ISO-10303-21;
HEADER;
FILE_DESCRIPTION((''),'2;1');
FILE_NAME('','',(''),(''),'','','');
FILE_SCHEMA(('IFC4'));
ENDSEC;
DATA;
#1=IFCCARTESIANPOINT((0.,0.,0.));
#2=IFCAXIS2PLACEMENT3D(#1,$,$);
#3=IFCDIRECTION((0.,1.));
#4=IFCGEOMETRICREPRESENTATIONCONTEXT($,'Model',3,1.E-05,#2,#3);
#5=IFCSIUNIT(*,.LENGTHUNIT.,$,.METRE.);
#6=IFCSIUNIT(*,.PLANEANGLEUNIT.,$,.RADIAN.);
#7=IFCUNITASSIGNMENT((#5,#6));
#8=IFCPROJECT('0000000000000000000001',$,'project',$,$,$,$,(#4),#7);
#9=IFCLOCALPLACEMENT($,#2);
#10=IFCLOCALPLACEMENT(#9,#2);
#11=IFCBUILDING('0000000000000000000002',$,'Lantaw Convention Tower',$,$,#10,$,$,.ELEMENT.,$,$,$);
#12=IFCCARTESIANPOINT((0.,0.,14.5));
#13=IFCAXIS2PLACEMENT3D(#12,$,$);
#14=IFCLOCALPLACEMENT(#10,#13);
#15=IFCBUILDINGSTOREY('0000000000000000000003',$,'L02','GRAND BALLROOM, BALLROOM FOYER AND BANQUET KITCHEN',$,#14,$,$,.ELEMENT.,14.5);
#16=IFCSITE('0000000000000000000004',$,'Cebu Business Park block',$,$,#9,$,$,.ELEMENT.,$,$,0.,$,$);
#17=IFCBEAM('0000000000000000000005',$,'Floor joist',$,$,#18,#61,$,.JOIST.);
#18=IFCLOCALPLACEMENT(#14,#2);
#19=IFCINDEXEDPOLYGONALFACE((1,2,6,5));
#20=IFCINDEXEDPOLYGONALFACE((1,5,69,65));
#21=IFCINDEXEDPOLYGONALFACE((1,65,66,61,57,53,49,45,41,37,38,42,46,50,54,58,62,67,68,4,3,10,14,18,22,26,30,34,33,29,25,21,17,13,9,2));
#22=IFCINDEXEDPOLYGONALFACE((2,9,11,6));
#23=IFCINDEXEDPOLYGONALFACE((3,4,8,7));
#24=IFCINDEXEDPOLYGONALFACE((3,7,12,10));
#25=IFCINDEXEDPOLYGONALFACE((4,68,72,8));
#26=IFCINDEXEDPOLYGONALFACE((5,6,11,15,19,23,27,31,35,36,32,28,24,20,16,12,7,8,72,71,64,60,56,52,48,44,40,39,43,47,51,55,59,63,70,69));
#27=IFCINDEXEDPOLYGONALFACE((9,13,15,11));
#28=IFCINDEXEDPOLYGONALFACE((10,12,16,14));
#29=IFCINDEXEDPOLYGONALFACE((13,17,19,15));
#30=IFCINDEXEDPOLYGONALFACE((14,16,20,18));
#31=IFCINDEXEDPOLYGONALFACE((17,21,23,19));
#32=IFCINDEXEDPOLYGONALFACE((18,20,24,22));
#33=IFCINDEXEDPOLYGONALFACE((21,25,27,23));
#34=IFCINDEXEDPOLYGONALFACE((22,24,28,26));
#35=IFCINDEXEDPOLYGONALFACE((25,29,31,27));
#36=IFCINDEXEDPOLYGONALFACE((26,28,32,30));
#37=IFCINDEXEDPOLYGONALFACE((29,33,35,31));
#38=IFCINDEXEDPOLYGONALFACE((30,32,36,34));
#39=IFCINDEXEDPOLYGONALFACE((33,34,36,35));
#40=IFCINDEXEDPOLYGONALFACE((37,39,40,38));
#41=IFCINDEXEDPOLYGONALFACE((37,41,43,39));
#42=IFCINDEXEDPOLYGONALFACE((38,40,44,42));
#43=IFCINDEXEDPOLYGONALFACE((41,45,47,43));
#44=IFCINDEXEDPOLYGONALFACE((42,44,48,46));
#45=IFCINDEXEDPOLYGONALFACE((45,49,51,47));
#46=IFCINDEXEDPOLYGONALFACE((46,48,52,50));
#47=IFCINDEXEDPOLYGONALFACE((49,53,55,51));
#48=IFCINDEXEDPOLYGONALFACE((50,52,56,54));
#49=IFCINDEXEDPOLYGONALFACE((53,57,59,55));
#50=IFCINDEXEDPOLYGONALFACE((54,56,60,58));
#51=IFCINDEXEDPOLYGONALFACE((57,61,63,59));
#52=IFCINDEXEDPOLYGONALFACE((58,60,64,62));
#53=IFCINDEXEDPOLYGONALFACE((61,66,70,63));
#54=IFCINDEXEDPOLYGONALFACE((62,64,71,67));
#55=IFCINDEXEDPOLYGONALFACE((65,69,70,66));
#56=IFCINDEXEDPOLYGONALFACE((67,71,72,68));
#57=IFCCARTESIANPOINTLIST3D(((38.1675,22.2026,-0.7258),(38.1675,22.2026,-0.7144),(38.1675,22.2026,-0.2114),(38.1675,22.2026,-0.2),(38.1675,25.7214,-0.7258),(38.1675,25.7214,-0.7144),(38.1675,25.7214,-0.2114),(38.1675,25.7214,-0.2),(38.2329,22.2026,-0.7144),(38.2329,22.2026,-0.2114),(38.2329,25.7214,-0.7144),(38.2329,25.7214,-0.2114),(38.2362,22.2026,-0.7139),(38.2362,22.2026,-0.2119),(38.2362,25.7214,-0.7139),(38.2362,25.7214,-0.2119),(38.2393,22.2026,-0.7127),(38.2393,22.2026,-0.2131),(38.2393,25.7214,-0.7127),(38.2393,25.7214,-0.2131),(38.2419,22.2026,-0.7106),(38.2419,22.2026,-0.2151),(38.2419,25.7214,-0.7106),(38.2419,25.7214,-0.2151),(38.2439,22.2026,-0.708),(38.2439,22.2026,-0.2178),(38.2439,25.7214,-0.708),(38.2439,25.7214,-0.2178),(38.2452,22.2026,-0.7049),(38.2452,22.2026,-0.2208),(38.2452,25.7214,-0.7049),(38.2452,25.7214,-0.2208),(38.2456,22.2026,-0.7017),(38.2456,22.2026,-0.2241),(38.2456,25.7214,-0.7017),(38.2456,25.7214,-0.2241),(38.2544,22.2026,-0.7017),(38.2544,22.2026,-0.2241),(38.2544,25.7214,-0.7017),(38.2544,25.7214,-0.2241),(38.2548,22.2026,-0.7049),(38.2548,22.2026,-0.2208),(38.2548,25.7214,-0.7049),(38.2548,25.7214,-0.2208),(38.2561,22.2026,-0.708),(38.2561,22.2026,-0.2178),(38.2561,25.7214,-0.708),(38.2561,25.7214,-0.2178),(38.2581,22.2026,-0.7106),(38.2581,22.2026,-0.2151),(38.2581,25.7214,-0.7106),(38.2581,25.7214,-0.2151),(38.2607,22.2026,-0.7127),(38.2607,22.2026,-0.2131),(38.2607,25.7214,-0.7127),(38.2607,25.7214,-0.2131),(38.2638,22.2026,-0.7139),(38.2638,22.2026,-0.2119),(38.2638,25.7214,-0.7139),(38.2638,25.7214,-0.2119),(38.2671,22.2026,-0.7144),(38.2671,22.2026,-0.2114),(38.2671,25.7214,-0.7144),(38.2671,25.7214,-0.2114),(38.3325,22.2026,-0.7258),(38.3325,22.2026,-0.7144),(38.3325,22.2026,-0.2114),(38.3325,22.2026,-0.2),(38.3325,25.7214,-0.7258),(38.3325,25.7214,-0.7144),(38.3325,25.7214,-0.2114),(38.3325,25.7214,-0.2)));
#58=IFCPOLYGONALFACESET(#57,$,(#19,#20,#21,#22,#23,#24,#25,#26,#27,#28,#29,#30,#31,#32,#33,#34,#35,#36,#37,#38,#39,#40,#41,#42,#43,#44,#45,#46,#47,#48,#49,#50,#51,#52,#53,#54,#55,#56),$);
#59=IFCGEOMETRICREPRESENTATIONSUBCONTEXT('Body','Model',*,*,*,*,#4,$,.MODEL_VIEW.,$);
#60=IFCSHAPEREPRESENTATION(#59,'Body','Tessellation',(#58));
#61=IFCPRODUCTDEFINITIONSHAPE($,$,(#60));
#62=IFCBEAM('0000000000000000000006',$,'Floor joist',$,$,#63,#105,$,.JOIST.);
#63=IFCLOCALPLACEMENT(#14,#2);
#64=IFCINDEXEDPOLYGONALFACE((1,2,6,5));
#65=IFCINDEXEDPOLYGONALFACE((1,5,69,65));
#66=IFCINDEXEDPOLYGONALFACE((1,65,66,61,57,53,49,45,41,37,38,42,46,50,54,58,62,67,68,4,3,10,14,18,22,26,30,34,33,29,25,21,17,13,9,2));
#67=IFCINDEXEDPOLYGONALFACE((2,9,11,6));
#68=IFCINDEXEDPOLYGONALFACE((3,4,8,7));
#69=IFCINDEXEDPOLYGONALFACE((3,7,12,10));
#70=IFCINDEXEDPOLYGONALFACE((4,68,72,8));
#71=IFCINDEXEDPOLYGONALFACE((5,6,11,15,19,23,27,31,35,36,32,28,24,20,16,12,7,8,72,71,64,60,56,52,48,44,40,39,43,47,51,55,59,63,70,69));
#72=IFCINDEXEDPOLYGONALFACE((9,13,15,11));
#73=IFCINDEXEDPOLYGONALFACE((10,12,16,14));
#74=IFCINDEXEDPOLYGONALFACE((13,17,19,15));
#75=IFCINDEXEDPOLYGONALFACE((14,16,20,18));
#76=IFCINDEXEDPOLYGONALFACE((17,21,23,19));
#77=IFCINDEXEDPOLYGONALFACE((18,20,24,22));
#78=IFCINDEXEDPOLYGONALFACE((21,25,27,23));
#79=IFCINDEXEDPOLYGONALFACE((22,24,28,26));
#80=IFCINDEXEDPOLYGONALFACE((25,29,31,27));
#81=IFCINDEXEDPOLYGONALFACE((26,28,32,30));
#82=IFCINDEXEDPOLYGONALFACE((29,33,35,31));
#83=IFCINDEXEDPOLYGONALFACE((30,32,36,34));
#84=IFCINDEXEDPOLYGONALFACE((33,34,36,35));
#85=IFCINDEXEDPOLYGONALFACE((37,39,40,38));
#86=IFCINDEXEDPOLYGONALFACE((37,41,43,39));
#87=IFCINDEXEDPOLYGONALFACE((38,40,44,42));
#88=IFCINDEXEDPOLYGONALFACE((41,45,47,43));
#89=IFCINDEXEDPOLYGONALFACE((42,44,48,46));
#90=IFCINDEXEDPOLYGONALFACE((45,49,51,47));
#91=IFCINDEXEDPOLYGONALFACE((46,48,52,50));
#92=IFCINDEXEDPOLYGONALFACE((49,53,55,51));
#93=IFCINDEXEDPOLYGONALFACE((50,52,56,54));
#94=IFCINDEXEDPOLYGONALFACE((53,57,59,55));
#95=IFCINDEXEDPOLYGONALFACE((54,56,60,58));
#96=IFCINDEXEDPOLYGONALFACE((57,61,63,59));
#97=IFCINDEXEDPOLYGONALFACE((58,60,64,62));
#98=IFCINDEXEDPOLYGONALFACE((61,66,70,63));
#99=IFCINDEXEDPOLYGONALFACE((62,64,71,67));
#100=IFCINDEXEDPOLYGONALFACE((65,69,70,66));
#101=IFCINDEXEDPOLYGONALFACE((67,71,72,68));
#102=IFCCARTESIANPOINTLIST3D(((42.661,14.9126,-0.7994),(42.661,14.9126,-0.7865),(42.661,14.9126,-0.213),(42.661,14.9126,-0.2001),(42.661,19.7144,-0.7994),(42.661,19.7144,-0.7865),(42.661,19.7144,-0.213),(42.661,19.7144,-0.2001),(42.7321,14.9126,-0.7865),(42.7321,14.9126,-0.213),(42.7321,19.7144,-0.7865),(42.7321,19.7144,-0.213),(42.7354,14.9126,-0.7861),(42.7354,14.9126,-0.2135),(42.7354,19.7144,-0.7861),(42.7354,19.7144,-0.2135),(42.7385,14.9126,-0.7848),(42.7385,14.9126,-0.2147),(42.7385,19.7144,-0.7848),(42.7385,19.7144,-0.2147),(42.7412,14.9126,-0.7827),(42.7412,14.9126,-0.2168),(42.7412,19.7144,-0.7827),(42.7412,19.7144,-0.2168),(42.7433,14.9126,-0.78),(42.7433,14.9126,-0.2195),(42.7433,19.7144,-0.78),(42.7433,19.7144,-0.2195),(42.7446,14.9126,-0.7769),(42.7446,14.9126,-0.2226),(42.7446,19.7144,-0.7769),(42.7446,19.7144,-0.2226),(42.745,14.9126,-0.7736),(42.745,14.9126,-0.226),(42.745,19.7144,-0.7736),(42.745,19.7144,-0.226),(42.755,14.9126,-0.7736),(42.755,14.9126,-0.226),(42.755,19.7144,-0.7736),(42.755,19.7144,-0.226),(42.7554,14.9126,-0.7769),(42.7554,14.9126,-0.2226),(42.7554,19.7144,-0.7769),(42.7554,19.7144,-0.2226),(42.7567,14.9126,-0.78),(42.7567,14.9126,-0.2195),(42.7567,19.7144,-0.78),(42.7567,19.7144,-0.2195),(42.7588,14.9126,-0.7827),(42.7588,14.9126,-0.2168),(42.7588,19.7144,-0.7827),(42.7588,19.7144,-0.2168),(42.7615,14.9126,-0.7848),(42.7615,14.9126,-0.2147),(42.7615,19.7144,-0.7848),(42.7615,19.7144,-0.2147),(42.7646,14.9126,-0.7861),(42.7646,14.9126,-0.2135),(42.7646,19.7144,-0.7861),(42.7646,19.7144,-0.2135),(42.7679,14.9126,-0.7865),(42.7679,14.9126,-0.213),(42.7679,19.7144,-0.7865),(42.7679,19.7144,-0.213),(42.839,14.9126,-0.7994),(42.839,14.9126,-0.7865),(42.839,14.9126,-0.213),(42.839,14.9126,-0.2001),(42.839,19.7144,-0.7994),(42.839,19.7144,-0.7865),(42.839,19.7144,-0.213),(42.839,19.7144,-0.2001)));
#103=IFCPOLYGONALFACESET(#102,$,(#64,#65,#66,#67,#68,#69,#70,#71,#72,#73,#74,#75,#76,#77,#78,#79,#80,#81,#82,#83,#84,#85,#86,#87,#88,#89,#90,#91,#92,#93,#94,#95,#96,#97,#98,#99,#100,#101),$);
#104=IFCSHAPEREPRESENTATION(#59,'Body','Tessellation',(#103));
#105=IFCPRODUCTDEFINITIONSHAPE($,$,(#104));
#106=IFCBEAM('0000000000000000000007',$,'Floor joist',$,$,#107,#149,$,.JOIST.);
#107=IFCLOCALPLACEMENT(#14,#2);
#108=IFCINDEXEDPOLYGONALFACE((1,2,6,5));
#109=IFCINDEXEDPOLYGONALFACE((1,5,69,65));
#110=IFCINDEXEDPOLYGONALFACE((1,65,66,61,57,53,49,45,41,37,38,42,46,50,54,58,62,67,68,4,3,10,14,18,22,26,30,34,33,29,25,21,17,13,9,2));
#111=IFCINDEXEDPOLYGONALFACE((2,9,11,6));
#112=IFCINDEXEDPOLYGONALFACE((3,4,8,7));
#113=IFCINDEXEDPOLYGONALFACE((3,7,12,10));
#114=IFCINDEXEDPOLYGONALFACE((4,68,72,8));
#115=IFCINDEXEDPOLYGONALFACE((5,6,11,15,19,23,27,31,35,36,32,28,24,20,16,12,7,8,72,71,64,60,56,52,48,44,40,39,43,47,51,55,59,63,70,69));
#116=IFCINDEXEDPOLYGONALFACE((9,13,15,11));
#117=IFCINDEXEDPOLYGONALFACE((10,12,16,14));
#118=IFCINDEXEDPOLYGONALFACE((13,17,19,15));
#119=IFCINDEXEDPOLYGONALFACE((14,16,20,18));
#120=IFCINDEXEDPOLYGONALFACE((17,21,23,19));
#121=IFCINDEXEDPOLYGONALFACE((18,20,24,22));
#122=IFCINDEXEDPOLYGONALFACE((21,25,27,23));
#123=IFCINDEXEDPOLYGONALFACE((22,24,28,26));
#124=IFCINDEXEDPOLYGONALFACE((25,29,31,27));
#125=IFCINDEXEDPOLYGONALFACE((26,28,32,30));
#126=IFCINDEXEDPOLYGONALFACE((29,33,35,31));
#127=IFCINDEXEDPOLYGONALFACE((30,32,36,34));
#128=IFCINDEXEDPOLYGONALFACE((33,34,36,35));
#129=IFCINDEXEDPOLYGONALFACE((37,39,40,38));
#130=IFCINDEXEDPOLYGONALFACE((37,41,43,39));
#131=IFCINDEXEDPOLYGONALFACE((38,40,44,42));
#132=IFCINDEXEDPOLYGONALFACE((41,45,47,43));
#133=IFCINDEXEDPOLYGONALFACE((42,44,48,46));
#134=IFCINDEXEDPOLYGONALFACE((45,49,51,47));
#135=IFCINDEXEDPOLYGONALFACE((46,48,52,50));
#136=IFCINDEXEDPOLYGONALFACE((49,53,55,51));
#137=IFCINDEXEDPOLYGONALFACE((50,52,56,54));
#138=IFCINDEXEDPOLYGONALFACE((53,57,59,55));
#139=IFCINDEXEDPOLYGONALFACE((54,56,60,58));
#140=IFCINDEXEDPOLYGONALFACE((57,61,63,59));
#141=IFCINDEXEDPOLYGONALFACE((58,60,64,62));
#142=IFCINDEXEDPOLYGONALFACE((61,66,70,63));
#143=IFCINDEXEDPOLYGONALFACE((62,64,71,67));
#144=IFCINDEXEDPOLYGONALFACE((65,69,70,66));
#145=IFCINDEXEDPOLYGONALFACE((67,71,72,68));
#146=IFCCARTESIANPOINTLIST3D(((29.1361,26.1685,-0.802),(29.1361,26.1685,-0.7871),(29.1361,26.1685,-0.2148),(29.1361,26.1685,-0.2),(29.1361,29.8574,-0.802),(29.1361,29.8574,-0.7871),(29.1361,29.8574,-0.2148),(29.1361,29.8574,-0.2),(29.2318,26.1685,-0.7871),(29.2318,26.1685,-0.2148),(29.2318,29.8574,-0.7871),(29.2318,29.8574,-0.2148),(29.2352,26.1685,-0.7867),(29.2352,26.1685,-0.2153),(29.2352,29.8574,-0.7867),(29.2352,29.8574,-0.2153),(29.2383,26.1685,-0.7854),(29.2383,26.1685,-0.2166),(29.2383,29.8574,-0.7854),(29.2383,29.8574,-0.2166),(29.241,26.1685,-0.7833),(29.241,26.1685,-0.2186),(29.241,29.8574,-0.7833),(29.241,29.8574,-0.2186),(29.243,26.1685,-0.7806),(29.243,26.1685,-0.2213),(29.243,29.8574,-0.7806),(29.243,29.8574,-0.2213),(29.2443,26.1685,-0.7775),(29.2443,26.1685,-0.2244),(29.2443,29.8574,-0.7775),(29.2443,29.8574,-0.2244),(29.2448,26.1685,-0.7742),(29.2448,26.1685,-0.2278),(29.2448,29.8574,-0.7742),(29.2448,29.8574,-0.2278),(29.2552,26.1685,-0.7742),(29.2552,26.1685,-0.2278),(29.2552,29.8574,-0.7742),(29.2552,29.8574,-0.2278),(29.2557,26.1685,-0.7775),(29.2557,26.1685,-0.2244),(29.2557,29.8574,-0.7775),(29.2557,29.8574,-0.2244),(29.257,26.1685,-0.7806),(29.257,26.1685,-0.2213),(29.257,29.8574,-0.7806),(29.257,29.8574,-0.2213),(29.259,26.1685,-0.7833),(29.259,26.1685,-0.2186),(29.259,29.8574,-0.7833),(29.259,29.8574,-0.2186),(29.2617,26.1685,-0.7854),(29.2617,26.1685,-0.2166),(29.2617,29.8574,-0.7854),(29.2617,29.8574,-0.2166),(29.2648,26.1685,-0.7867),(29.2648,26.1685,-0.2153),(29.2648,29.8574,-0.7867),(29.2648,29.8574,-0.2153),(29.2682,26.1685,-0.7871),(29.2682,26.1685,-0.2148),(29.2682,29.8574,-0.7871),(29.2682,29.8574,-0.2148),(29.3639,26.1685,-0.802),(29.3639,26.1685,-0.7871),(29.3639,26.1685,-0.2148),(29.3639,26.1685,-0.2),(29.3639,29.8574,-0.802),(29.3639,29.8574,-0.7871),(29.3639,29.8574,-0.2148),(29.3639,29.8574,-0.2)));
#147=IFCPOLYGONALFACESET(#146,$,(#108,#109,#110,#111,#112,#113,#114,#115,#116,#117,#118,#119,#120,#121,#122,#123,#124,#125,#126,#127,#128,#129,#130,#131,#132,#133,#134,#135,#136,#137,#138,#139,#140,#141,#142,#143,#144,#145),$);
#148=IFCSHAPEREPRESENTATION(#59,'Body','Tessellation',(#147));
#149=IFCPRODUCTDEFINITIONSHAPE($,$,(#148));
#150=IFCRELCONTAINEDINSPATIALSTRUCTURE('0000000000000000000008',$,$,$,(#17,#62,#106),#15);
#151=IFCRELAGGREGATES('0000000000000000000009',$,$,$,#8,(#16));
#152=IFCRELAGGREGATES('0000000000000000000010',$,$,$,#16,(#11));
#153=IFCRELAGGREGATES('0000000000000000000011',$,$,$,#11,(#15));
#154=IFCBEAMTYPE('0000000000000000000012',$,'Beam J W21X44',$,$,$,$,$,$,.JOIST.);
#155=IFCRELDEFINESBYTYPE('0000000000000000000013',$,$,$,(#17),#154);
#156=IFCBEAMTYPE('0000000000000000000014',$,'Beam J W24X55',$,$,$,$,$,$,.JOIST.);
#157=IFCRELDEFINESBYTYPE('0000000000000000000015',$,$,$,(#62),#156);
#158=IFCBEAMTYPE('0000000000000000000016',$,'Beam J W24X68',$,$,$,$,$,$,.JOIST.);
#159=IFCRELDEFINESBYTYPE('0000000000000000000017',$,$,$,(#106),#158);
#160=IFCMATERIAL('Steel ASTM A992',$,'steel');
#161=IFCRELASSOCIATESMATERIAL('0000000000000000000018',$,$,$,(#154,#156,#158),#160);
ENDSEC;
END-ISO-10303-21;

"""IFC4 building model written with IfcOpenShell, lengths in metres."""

from ifc_helpers import new_model, si_unit, direction, frame, origin, origin_2d, place, context, subcontext, project, spatial, i_section, extrude, material, material_profile, profile_set, type_object, element, save


model = new_model("IFC4")

# Units and contexts
model_context = context("Model", 3, precision=1e-05, world=origin(), true_north=direction((0.0, 1.0)))
body_context = subcontext(model_context, "Body", "Model", "MODEL_VIEW")
ifc_project = project(units=[si_unit("LENGTHUNIT", "METRE"), si_unit("PLANEANGLEUNIT", "RADIAN")], contexts=[model_context])

# Site, building, storey
site_placement = place(None, origin())
site = spatial("IfcSite", under=ifc_project, at=site_placement, Name="Cebu Business Park block", CompositionType="ELEMENT", RefElevation=0.0)
building_placement = place(site_placement, origin())
building = spatial("IfcBuilding", under=site, at=building_placement, Name="Lantaw Convention Tower", CompositionType="ELEMENT")
storey_placement = place(building_placement, frame((0.0, 0.0, 14.5)))
storey = spatial("IfcBuildingStorey", under=building, at=storey_placement, Name="L02", Description="GRAND BALLROOM, BALLROOM FOYER AND BANQUET KITCHEN", CompositionType="ELEMENT", Elevation=14.5)

# Beams
ifc_material_1 = material(Name="Steel ASTM A992", Category="steel")
ifc_material_profile_1 = material_profile(ifc_material_1, i_section(OverallWidth=0.165, OverallDepth=0.5259, WebThickness=0.0088, FlangeThickness=0.0115, FilletRadius=0.0127, at=origin_2d()), Name="W21X44")
ifc_profile_set_1 = profile_set([ifc_material_profile_1], Name="Steel ASTM A992")
beam_type_1 = type_object("IfcBeamType", Name="Beam J W21X44", PredefinedType="JOIST", material=ifc_profile_set_1)
beam_1_placement = place(storey_placement, frame((38.25, 22.2026, -0.4629), z_axis=(0.0, 1.0, 0.0), x_axis=(-1.0, 0.0, 0.0)))
element("IfcBeam", 1, at=beam_1_placement, inside=storey, type_object=beam_type_1, Name="Floor joist", PredefinedType="JOIST", context=body_context, shape_type="SweptSolid", body=[
    extrude(i_section(OverallWidth=0.165, OverallDepth=0.5259, WebThickness=0.0088, FlangeThickness=0.0115, FilletRadius=0.0127, at=origin_2d()), origin(), (0.0, 0.0, 1.0), 3.5188),
])
ifc_material_profile_2 = material_profile(ifc_material_1, i_section(OverallWidth=0.178, OverallDepth=0.5994, WebThickness=0.01, FlangeThickness=0.0129, FilletRadius=0.0129, at=origin_2d()), Name="W24X55")
ifc_profile_set_2 = profile_set([ifc_material_profile_2], Name="Steel ASTM A992")
beam_type_2 = type_object("IfcBeamType", Name="Beam J W24X55", PredefinedType="JOIST", material=ifc_profile_set_2)
beam_2_placement = place(storey_placement, frame((42.75, 14.9126, -0.4998), z_axis=(0.0, 1.0, 0.0), x_axis=(-1.0, 0.0, 0.0)))
element("IfcBeam", 2, at=beam_2_placement, inside=storey, type_object=beam_type_2, Name="Floor joist", PredefinedType="JOIST", context=body_context, shape_type="SweptSolid", body=[
    extrude(i_section(OverallWidth=0.178, OverallDepth=0.5994, WebThickness=0.01, FlangeThickness=0.0129, FilletRadius=0.0129, at=origin_2d()), origin(), (0.0, 0.0, 1.0), 4.8018),
])
ifc_material_profile_3 = material_profile(ifc_material_1, i_section(OverallWidth=0.2278, OverallDepth=0.6021, WebThickness=0.0105, FlangeThickness=0.0149, FilletRadius=0.0129, at=origin_2d()), Name="W24X68")
ifc_profile_set_3 = profile_set([ifc_material_profile_3], Name="Steel ASTM A992")
beam_type_3 = type_object("IfcBeamType", Name="Beam J W24X68", PredefinedType="JOIST", material=ifc_profile_set_3)
beam_3_placement = place(storey_placement, frame((29.25, 26.1685, -0.501), z_axis=(0.0, 1.0, 0.0), x_axis=(-1.0, 0.0, 0.0)))
element("IfcBeam", 3, at=beam_3_placement, inside=storey, type_object=beam_type_3, Name="Floor joist", PredefinedType="JOIST", context=body_context, shape_type="SweptSolid", body=[
    extrude(i_section(OverallWidth=0.2278, OverallDepth=0.6021, WebThickness=0.0105, FlangeThickness=0.0149, FilletRadius=0.0129, at=origin_2d()), origin(), (0.0, 0.0, 1.0), 3.689),
])

save(model, "model.ifc")
